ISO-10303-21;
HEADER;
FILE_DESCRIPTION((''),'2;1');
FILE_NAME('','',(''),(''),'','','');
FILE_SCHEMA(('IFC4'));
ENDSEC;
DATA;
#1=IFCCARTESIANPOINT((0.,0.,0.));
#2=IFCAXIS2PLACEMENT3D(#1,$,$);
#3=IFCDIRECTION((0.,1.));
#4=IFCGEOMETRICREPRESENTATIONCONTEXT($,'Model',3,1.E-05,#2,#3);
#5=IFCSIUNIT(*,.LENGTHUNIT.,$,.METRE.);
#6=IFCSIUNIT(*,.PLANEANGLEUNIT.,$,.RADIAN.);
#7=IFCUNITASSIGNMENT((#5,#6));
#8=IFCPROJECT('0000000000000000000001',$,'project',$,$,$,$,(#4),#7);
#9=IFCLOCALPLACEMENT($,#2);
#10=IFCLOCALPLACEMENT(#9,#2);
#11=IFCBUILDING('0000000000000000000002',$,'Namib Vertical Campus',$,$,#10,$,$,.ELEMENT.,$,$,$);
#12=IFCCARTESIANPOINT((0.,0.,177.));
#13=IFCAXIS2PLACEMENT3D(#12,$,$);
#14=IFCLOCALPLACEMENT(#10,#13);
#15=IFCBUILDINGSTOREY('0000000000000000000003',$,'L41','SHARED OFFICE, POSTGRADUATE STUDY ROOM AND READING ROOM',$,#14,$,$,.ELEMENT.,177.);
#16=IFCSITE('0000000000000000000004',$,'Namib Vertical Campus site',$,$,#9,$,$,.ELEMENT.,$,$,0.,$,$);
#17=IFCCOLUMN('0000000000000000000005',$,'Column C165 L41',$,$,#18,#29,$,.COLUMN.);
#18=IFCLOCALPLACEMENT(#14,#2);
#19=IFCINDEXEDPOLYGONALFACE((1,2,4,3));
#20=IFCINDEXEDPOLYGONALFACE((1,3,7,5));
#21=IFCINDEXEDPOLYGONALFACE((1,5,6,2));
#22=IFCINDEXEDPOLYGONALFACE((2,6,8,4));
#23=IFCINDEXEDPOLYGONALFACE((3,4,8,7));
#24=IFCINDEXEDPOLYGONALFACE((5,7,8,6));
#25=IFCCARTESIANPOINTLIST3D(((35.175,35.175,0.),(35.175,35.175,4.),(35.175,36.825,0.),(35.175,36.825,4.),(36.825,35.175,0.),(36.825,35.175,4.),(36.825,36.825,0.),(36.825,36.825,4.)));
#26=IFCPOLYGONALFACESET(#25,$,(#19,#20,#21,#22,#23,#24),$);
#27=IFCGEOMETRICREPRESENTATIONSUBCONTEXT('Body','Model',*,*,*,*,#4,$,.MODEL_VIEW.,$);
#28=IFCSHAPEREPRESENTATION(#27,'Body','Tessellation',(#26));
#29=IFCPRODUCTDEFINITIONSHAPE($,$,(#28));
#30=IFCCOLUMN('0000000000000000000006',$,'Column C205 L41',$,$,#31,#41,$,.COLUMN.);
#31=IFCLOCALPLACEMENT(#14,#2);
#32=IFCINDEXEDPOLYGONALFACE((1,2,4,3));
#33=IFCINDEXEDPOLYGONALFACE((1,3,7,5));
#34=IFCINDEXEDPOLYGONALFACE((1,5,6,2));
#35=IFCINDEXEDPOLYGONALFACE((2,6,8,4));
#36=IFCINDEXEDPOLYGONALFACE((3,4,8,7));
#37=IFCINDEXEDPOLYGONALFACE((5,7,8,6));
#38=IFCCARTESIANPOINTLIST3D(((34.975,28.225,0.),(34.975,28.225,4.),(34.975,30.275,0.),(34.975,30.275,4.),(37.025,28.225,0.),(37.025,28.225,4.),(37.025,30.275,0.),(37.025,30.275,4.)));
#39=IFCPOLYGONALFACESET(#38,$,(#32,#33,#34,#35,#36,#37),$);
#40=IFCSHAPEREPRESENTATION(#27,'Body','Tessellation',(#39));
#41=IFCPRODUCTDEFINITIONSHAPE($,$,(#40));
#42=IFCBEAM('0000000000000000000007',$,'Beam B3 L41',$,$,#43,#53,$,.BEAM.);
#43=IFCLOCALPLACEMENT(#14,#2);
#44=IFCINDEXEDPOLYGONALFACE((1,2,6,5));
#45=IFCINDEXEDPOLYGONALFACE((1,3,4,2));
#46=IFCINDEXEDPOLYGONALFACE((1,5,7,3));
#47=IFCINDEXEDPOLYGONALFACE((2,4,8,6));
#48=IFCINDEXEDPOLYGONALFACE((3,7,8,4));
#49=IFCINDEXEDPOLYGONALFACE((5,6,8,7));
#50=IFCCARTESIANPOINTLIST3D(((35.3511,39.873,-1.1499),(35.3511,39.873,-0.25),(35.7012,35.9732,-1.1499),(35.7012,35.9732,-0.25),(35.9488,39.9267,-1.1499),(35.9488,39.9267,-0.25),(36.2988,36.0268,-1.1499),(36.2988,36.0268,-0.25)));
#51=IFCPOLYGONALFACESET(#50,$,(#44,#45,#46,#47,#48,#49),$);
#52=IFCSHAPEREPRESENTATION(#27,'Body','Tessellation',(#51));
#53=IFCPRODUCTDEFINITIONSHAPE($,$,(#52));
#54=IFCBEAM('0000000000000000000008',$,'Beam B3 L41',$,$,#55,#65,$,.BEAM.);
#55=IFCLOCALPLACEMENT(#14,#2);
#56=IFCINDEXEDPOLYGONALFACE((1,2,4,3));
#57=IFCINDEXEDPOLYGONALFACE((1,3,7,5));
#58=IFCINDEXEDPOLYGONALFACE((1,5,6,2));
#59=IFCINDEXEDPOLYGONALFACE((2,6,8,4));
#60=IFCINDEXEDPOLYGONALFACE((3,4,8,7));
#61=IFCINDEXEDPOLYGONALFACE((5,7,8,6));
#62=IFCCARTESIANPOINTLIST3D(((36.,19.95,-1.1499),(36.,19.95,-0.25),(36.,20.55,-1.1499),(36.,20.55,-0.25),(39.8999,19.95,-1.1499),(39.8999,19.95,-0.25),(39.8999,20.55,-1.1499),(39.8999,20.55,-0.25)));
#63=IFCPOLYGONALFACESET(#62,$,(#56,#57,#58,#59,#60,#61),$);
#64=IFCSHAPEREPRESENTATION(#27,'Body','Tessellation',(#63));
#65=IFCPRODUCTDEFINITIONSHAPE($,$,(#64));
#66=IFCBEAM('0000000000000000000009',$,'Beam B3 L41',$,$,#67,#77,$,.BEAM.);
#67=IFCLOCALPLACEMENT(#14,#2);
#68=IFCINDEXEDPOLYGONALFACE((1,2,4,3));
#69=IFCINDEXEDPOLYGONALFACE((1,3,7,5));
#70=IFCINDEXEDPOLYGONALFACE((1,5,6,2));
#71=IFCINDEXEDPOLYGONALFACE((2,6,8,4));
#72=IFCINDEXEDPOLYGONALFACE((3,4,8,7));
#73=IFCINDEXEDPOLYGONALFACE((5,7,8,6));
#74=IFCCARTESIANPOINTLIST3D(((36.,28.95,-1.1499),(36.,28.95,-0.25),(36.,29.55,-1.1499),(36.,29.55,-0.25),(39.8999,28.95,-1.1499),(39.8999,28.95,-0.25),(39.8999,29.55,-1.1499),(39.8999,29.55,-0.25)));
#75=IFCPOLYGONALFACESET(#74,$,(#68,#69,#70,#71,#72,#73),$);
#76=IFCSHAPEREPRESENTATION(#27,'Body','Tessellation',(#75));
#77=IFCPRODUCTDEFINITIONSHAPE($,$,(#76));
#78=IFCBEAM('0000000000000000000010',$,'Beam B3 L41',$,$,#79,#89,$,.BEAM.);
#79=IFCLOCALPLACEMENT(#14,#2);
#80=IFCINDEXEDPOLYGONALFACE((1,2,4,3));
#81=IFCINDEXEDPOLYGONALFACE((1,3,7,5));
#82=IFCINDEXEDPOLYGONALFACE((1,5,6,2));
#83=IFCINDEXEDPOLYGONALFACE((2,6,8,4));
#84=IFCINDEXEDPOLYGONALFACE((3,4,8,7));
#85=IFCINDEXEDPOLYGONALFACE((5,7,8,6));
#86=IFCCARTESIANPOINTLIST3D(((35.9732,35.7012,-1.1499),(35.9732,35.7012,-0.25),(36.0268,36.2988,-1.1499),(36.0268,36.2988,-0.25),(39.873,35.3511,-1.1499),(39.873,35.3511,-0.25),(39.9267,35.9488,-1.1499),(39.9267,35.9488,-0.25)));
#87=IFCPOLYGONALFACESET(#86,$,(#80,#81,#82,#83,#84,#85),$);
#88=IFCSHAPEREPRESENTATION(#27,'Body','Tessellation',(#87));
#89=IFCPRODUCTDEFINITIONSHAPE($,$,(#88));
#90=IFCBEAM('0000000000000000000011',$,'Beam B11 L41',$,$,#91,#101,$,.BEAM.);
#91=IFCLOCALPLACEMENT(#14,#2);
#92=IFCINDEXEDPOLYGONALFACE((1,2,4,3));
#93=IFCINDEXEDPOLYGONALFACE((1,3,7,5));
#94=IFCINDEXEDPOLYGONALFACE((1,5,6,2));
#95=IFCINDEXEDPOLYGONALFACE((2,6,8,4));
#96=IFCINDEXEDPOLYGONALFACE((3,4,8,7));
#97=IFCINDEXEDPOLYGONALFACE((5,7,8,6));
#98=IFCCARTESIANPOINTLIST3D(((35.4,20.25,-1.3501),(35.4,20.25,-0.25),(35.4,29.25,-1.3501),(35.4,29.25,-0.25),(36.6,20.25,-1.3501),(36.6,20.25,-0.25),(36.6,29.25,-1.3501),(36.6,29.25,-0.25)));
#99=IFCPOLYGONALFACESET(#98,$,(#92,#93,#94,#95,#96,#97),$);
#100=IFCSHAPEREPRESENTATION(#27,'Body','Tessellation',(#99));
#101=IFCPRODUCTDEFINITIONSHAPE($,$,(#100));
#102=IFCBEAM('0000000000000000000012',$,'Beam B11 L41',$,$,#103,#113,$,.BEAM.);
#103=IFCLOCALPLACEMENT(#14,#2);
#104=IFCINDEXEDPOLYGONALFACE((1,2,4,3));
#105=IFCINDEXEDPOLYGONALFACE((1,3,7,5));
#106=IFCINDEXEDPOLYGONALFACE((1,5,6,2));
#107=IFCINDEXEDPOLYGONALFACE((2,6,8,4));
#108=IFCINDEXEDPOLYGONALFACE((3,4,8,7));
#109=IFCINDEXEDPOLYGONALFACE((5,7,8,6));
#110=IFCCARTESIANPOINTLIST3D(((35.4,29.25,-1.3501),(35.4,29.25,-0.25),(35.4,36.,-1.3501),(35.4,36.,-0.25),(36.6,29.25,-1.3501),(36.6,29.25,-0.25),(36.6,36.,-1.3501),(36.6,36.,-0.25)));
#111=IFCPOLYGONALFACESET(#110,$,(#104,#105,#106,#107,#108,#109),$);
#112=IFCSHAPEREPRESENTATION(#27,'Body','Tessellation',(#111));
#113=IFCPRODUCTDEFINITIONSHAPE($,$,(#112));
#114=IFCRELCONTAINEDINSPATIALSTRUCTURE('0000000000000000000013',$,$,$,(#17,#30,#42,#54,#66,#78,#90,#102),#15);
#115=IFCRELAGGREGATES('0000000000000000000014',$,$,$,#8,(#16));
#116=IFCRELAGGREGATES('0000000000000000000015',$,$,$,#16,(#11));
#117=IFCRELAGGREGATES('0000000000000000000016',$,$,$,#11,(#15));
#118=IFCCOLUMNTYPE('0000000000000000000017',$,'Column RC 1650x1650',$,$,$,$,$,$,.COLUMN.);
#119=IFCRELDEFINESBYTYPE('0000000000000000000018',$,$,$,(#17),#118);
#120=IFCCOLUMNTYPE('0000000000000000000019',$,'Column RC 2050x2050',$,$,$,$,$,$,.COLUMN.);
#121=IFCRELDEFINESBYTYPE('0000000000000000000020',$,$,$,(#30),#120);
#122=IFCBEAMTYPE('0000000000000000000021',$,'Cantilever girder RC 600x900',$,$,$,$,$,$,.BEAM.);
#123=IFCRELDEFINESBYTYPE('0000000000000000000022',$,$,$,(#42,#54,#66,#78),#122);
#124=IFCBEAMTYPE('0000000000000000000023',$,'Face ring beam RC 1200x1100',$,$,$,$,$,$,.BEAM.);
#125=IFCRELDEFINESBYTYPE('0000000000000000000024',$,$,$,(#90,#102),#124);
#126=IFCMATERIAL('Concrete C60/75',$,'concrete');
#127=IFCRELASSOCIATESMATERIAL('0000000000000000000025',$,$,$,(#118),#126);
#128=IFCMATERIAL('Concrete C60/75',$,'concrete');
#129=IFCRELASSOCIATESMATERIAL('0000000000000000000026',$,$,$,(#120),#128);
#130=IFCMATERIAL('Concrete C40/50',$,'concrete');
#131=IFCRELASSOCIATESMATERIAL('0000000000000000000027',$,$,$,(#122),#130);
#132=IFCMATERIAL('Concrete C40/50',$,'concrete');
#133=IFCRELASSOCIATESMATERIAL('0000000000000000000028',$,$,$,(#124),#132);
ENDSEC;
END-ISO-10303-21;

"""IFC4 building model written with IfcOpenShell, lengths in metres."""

from ifc_helpers import new_model, si_unit, direction, frame, origin, origin_2d, place, context, subcontext, project, spatial, rectangle, extrude, material, material_profile, profile_set, type_object, element, save


model = new_model("IFC4")

# Units and contexts
model_context = context("Model", 3, precision=1e-05, world=origin(), true_north=direction((0.0, 1.0)))
body_context = subcontext(model_context, "Body", "Model", "MODEL_VIEW")
ifc_project = project(units=[si_unit("LENGTHUNIT", "METRE"), si_unit("PLANEANGLEUNIT", "RADIAN")], contexts=[model_context])

# Site, building, storey
site_placement = place(None, origin())
site = spatial("IfcSite", under=ifc_project, at=site_placement, Name="Namib Vertical Campus site", CompositionType="ELEMENT", RefElevation=0.0)
building_placement = place(site_placement, origin())
building = spatial("IfcBuilding", under=site, at=building_placement, Name="Namib Vertical Campus", CompositionType="ELEMENT")
storey_placement = place(building_placement, frame((0.0, 0.0, 177.0)))
storey = spatial("IfcBuildingStorey", under=building, at=storey_placement, Name="L41", Description="SHARED OFFICE, POSTGRADUATE STUDY ROOM AND READING ROOM", CompositionType="ELEMENT", Elevation=177.0)

# Columns
ifc_material_1 = material(Name="Concrete C60/75", Category="concrete")
ifc_material_profile_1 = material_profile(ifc_material_1, rectangle(XDim=1.6499, YDim=1.6499, at=origin_2d()))
ifc_profile_set_1 = profile_set([ifc_material_profile_1], Name="Concrete C60/75")
column_type_1 = type_object("IfcColumnType", Name="Column RC 1650x1650", PredefinedType="COLUMN", material=ifc_profile_set_1)
column_1_placement = place(storey_placement, frame((36.0, 36.0, 0.0), z_axis=(0.0, 0.0, 1.0), x_axis=(1.0, 0.0, 0.0)))
element("IfcColumn", 1, at=column_1_placement, inside=storey, type_object=column_type_1, Name="Column C165 L41", PredefinedType="COLUMN", context=body_context, shape_type="SweptSolid", body=[
    extrude(rectangle(XDim=1.6499, YDim=1.6499, at=origin_2d()), origin(), (0.0, 0.0, 1.0), 4.0),
])
ifc_material_2 = material(Name="Concrete C60/75", Category="concrete")
ifc_material_profile_2 = material_profile(ifc_material_2, rectangle(XDim=2.05, YDim=2.05, at=origin_2d()))
ifc_profile_set_2 = profile_set([ifc_material_profile_2], Name="Concrete C60/75")
column_type_2 = type_object("IfcColumnType", Name="Column RC 2050x2050", PredefinedType="COLUMN", material=ifc_profile_set_2)
column_2_placement = place(storey_placement, frame((36.0, 29.25, 0.0), z_axis=(0.0, 0.0, 1.0), x_axis=(1.0, 0.0, 0.0)))
element("IfcColumn", 2, at=column_2_placement, inside=storey, type_object=column_type_2, Name="Column C205 L41", PredefinedType="COLUMN", context=body_context, shape_type="SweptSolid", body=[
    extrude(rectangle(XDim=2.05, YDim=2.05, at=origin_2d()), origin(), (0.0, 0.0, 1.0), 4.0),
])

# Beams
ifc_material_3 = material(Name="Concrete C40/50", Category="concrete")
ifc_material_profile_3 = material_profile(ifc_material_3, rectangle(XDim=0.6001, YDim=0.8999, at=origin_2d()))
ifc_profile_set_3 = profile_set([ifc_material_profile_3], Name="Concrete C40/50")
beam_type_1 = type_object("IfcBeamType", Name="Cantilever girder RC 600x900", PredefinedType="BEAM", material=ifc_profile_set_3)
beam_1_placement = place(storey_placement, frame((36.0, 36.0, -0.7), z_axis=(-0.089411, 0.995995, 0.0), x_axis=(-0.995995, -0.089411, 0.0)))
element("IfcBeam", 3, at=beam_1_placement, inside=storey, type_object=beam_type_1, Name="Beam B3 L41", PredefinedType="BEAM", context=body_context, shape_type="SweptSolid", body=[
    extrude(rectangle(XDim=0.6001, YDim=0.8999, at=origin_2d()), origin(), (0.0, 0.0, 1.0), 3.9155),
])
for number, where, z_axis, x_axis, name in (
    (4, (36.0, 20.25, -0.7), (1.0, 0.0, 0.0), (0.0, 1.0, 0.0), "Beam B3 L41"),
    (5, (36.0, 29.25, -0.7), (1.0, 0.0, 0.0), (0.0, 1.0, 0.0), "Beam B3 L41"),
):
    element("IfcBeam", number, at=place(storey_placement, frame(where, z_axis=z_axis, x_axis=x_axis)), inside=storey, type_object=beam_type_1, Name=name, PredefinedType="BEAM", context=body_context, shape_type="SweptSolid", body=[
        extrude(rectangle(XDim=0.6001, YDim=0.8999, at=origin_2d()), origin(), (0.0, 0.0, 1.0), 3.8999),
    ])
beam_2_placement = place(storey_placement, frame((36.0, 36.0, -0.7), z_axis=(0.995995, -0.089411, 0.0), x_axis=(0.089411, 0.995995, 0.0)))
element("IfcBeam", 6, at=beam_2_placement, inside=storey, type_object=beam_type_1, Name="Beam B3 L41", PredefinedType="BEAM", context=body_context, shape_type="SweptSolid", body=[
    extrude(rectangle(XDim=0.6001, YDim=0.8999, at=origin_2d()), origin(), (0.0, 0.0, 1.0), 3.9155),
])
ifc_material_4 = material(Name="Concrete C40/50", Category="concrete")
ifc_material_profile_4 = material_profile(ifc_material_4, rectangle(XDim=1.2, YDim=1.1001, at=origin_2d()))
ifc_profile_set_4 = profile_set([ifc_material_profile_4], Name="Concrete C40/50")
beam_type_2 = type_object("IfcBeamType", Name="Face ring beam RC 1200x1100", PredefinedType="BEAM", material=ifc_profile_set_4)
beam_3_placement = place(storey_placement, frame((36.0, 20.25, -0.8), z_axis=(0.0, 1.0, 0.0), x_axis=(-1.0, 0.0, 0.0)))
element("IfcBeam", 7, at=beam_3_placement, inside=storey, type_object=beam_type_2, Name="Beam B11 L41", PredefinedType="BEAM", context=body_context, shape_type="SweptSolid", body=[
    extrude(rectangle(XDim=1.2, YDim=1.1001, at=origin_2d()), origin(), (0.0, 0.0, 1.0), 9.0),
])
beam_4_placement = place(storey_placement, frame((36.0, 29.25, -0.8), z_axis=(0.0, 1.0, 0.0), x_axis=(-1.0, 0.0, 0.0)))
element("IfcBeam", 8, at=beam_4_placement, inside=storey, type_object=beam_type_2, Name="Beam B11 L41", PredefinedType="BEAM", context=body_context, shape_type="SweptSolid", body=[
    extrude(rectangle(XDim=1.2, YDim=1.1001, at=origin_2d()), origin(), (0.0, 0.0, 1.0), 6.75),
])

save(model, "model.ifc")
